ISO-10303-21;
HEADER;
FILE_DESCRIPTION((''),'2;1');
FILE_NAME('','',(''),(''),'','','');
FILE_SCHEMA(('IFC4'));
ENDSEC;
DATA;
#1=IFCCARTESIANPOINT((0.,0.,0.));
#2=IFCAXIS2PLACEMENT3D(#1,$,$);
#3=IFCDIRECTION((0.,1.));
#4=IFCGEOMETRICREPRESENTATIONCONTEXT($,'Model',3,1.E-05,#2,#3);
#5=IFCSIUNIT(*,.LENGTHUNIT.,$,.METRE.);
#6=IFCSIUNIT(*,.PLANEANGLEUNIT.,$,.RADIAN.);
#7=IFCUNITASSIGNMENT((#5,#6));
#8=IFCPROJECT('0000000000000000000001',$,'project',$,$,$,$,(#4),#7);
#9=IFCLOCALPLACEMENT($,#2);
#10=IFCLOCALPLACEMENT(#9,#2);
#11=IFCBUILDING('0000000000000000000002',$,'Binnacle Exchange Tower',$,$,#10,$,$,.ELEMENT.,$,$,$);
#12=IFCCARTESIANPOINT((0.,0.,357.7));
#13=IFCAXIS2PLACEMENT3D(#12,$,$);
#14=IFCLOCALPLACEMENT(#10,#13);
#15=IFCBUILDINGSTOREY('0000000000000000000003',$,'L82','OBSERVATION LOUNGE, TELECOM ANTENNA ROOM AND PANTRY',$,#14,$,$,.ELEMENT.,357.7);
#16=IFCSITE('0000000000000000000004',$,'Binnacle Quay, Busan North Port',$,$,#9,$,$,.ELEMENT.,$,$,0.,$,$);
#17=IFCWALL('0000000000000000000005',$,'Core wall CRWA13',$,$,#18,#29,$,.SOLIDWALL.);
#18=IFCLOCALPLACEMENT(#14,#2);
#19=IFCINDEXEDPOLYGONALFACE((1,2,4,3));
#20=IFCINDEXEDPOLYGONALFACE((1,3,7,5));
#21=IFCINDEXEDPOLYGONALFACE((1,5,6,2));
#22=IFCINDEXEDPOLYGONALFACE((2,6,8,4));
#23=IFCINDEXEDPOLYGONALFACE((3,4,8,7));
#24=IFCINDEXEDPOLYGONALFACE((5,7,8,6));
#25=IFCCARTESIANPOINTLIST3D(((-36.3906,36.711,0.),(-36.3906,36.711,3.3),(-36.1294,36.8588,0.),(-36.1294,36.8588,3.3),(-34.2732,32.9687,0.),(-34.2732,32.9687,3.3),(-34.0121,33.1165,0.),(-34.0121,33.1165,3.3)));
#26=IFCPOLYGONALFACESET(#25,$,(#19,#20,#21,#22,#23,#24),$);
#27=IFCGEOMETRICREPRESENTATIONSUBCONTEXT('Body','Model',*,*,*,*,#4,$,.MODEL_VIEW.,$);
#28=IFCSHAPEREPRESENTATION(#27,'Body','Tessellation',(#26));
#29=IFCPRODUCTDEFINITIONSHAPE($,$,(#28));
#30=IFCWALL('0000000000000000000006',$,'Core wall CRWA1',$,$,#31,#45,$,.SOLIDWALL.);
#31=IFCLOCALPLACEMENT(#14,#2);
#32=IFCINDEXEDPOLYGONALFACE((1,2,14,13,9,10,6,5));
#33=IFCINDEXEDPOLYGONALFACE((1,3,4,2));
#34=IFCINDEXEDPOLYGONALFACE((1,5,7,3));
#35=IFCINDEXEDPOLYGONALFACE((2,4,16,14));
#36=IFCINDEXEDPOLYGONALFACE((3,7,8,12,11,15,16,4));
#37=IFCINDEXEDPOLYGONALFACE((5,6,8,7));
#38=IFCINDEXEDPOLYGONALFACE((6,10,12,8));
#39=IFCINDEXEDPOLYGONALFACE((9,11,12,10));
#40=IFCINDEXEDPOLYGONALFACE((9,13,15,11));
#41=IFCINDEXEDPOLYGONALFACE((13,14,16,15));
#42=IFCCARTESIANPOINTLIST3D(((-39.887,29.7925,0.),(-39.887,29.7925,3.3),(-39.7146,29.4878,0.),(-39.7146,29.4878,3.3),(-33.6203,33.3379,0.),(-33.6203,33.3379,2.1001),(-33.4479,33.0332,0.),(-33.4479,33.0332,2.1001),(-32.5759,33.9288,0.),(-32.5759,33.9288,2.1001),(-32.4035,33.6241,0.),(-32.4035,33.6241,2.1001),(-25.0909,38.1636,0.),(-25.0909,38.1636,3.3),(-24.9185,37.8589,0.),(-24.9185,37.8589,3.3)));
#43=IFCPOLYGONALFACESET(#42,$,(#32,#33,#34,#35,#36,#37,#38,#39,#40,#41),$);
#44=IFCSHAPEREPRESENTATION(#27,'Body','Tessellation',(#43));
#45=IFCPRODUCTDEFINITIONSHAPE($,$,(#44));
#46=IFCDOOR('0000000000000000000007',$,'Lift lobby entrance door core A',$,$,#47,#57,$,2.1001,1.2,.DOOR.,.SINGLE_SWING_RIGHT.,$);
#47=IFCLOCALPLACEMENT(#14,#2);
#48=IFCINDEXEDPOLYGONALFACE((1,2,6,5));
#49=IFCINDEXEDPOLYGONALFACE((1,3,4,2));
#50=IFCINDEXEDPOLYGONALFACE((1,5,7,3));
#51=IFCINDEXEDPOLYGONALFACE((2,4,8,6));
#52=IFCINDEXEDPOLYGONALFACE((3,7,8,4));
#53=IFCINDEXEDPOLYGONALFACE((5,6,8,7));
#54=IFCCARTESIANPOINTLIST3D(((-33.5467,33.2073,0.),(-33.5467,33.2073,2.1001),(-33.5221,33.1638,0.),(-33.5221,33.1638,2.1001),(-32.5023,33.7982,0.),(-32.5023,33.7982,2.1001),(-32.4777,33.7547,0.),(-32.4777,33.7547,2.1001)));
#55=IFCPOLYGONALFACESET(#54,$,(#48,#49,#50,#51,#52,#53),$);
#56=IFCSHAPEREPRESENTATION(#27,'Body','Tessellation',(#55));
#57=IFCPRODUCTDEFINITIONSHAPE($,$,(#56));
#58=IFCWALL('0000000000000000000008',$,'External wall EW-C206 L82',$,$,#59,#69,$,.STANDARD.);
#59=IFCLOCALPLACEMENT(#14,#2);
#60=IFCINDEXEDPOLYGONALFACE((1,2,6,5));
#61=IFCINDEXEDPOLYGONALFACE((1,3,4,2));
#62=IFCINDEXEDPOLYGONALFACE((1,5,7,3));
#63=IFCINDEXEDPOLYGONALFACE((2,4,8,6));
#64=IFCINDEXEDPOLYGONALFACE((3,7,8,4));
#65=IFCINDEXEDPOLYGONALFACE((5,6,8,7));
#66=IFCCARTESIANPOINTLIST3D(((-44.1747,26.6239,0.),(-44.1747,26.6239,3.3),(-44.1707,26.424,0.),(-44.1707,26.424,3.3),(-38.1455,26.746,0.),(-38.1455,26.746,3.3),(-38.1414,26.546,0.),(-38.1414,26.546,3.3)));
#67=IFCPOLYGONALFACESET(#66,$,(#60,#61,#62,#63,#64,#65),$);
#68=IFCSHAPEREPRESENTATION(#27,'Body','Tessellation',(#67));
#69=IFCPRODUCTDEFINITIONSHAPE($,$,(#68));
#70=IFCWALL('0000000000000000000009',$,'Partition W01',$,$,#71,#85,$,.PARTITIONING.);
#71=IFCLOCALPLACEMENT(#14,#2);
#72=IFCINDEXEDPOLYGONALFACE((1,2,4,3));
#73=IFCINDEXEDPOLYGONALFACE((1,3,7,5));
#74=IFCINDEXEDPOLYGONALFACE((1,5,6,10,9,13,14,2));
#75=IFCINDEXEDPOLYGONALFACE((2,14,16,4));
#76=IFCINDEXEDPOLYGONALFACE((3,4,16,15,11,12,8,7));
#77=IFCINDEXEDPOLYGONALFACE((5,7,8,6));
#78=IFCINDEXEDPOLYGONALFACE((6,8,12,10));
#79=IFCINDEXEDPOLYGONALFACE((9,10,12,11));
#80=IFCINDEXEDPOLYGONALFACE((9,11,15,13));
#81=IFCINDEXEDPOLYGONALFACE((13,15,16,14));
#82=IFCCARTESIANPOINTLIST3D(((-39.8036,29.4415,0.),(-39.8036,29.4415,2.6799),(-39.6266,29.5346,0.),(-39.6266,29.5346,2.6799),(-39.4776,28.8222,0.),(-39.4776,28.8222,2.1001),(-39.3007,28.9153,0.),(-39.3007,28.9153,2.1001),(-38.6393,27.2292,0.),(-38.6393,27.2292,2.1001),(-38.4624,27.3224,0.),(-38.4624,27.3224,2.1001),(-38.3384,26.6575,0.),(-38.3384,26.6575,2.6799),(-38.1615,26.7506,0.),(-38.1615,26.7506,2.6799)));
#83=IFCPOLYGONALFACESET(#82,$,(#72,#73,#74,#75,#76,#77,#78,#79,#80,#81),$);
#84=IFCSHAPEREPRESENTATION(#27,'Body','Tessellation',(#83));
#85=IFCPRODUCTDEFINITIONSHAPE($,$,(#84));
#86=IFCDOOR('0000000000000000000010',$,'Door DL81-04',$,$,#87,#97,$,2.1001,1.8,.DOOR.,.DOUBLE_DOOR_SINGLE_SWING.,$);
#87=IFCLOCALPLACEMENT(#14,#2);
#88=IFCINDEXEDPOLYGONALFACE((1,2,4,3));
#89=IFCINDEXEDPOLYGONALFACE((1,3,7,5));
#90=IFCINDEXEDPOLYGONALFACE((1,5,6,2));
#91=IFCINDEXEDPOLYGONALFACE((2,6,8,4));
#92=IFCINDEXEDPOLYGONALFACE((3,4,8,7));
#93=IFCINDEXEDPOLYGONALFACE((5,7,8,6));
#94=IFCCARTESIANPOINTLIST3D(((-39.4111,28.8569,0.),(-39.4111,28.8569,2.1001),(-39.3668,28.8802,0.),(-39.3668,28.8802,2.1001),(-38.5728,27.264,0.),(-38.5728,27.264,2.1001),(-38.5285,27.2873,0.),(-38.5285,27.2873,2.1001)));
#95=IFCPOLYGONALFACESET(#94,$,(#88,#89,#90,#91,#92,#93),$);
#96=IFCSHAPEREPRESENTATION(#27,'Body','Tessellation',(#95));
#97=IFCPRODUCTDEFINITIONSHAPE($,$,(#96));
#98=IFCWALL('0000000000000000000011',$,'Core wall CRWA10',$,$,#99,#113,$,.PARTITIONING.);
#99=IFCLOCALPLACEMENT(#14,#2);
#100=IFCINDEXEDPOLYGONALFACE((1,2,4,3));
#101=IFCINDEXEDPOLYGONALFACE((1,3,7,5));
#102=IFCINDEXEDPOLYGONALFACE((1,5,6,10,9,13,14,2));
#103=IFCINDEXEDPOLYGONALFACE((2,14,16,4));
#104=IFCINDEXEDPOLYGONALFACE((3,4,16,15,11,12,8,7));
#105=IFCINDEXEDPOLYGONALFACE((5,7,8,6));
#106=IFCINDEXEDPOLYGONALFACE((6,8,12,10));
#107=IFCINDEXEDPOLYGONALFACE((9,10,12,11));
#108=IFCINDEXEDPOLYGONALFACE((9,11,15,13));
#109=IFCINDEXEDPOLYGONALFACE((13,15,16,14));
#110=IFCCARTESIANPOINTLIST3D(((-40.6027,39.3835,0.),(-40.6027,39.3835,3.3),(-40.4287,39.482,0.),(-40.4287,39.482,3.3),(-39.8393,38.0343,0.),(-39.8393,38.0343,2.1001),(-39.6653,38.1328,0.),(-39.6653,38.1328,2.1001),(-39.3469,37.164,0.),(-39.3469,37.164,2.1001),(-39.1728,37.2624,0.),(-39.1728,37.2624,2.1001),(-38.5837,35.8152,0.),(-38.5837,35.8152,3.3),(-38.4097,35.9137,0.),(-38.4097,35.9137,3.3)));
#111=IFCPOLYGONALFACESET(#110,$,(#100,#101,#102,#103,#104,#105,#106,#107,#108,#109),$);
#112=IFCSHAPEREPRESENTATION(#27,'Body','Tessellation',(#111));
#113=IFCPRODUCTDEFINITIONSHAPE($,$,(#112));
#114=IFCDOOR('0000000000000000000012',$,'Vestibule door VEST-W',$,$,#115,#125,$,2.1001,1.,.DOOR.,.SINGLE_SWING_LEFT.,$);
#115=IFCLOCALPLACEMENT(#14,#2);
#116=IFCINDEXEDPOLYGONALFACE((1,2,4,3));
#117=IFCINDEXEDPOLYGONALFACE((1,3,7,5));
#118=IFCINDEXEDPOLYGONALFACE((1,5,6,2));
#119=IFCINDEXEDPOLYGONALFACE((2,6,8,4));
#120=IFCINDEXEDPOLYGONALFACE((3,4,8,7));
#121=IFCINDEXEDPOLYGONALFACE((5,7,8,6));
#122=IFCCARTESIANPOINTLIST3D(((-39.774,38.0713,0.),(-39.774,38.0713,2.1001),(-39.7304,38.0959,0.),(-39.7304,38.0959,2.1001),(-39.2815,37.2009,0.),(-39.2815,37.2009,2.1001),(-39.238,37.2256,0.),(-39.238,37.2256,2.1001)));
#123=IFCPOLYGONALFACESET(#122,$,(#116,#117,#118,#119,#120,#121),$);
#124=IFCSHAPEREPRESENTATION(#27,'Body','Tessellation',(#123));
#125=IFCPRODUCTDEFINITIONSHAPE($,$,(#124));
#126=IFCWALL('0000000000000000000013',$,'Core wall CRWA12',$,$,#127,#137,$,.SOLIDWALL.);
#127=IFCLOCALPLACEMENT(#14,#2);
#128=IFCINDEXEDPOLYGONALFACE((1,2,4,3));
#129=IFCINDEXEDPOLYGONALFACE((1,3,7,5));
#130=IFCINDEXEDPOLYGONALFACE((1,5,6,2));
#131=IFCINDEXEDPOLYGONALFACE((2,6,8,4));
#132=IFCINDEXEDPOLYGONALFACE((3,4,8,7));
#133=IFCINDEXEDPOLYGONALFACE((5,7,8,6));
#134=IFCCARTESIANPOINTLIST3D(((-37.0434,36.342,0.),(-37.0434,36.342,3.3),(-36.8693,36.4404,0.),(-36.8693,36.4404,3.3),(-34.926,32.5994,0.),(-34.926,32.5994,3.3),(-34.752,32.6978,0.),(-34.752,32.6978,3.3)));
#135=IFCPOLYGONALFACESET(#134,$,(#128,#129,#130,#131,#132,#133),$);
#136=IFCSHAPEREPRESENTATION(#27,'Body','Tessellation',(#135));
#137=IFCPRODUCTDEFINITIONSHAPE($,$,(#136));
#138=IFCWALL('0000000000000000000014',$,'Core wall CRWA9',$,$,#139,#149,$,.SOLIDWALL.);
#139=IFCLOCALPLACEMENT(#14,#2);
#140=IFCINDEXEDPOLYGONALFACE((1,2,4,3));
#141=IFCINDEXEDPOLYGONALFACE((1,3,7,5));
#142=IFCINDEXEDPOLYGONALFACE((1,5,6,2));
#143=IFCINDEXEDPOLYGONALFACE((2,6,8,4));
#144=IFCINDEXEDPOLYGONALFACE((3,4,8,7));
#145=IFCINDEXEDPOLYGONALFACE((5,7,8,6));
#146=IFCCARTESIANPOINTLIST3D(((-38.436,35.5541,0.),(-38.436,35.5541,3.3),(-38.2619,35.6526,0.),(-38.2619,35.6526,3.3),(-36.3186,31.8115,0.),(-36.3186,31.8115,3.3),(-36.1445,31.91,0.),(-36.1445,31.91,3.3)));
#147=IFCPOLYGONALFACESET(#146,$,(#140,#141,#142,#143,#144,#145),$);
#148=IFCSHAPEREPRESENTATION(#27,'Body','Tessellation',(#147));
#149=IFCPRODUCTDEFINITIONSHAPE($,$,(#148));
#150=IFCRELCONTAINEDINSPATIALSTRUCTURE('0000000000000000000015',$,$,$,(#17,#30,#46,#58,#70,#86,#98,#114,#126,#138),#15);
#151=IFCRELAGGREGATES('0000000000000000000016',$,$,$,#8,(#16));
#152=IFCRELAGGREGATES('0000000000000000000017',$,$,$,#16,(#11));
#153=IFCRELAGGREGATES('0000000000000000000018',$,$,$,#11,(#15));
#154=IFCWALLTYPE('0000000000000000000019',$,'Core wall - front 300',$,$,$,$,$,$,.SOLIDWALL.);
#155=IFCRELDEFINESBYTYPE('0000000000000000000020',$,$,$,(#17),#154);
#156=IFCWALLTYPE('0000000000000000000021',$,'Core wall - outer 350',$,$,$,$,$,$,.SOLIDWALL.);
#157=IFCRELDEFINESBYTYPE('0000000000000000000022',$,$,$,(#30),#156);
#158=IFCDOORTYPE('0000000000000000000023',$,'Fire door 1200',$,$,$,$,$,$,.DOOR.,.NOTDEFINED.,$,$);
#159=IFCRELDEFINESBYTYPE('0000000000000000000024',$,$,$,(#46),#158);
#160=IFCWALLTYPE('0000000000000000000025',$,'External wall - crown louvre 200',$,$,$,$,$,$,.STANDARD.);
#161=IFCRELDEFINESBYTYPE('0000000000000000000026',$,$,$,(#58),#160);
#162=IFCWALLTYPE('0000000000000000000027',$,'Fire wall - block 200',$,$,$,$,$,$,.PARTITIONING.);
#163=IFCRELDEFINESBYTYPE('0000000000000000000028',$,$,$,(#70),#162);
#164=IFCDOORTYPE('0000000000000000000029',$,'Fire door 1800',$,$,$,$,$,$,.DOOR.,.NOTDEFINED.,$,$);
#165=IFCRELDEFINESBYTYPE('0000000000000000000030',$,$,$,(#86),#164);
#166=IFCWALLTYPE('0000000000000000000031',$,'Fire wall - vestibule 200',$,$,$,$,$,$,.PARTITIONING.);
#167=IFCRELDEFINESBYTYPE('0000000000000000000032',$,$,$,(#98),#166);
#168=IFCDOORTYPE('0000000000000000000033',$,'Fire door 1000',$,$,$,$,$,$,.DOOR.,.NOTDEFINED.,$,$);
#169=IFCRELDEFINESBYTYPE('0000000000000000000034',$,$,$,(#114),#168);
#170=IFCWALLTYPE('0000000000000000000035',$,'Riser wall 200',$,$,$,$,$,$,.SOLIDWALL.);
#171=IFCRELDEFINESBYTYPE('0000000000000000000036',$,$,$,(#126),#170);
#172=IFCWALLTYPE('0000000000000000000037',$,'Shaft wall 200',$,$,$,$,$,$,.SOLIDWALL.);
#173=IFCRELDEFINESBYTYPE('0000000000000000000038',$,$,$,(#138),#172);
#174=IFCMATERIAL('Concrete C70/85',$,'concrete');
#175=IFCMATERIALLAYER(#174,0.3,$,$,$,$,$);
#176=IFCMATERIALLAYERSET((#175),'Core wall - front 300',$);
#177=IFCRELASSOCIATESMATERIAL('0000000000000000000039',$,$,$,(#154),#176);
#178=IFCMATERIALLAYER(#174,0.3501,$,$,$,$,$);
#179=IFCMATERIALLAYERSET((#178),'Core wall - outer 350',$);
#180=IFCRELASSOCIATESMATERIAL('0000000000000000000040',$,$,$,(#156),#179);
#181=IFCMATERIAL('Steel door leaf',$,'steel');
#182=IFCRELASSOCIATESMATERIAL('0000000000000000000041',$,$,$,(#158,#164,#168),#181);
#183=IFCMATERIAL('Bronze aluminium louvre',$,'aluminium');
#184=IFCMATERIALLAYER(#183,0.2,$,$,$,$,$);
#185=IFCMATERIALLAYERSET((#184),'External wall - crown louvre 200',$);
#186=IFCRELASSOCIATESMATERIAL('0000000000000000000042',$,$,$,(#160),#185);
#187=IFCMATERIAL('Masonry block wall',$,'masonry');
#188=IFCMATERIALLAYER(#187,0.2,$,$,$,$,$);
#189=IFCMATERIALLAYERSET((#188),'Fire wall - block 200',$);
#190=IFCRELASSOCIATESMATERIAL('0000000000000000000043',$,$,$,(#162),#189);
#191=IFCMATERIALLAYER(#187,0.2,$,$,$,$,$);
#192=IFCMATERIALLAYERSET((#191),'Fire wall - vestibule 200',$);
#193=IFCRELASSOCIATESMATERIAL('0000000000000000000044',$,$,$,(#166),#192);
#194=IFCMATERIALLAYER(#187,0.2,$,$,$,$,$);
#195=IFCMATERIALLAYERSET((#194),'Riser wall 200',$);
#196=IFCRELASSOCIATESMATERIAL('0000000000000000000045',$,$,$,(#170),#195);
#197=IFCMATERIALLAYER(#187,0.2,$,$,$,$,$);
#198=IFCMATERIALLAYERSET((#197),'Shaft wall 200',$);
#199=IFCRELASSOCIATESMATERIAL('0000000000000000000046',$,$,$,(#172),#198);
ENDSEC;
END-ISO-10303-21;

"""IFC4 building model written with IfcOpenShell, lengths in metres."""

from ifc_helpers import new_model, si_unit, direction, frame, frame_2d, origin, place, context, subcontext, project, spatial, rectangle, extrude, material, layer, layer_set, type_object, element, fill, save


model = new_model("IFC4")

# Units and contexts
model_context = context("Model", 3, precision=1e-05, world=origin(), true_north=direction((0.0, 1.0)))
body_context = subcontext(model_context, "Body", "Model", "MODEL_VIEW")
ifc_project = project(units=[si_unit("LENGTHUNIT", "METRE"), si_unit("PLANEANGLEUNIT", "RADIAN")], contexts=[model_context])

# Site, building, storey
site_placement = place(None, origin())
site = spatial("IfcSite", under=ifc_project, at=site_placement, Name="Binnacle Quay, Busan North Port", CompositionType="ELEMENT", RefElevation=0.0)
building_placement = place(site_placement, origin())
building = spatial("IfcBuilding", under=site, at=building_placement, Name="Binnacle Exchange Tower", CompositionType="ELEMENT")
storey_placement = place(building_placement, frame((0.0, 0.0, 357.7)))
storey = spatial("IfcBuildingStorey", under=building, at=storey_placement, Name="L82", Description="OBSERVATION LOUNGE, TELECOM ANTENNA ROOM AND PANTRY", CompositionType="ELEMENT", Elevation=357.7)

# Shared definitions
ifc_material_1 = material(Name="Concrete C70/85", Category="concrete")
ifc_layer_1 = layer(ifc_material_1, 0.3)
ifc_layer_set_1 = layer_set([ifc_layer_1], Name="Core wall - front 300")
wall_type_1 = type_object("IfcWallType", Name="Core wall - front 300", PredefinedType="SOLIDWALL", material=ifc_layer_set_1)
ifc_material_2 = material(Name="Steel door leaf", Category="steel")

# Wall
wall_1_placement = place(storey_placement, frame((-36.26, 36.7849, 0.0), z_axis=(0.0, 0.0, 1.0), x_axis=(0.492435, -0.870349, 0.0)))
element("IfcWall", 1, at=wall_1_placement, inside=storey, type_object=wall_type_1, Name="Core wall CRWA13", PredefinedType="SOLIDWALL", context=body_context, shape_type="SweptSolid", body=[
    extrude(rectangle(XDim=4.2998, YDim=0.3, at=frame_2d((2.1499, 0.0))), origin(), (0.0, 0.0, 1.0), 3.3),
])

# Wall, opening, door
ifc_layer_2 = layer(ifc_material_1, 0.3501)
ifc_layer_set_2 = layer_set([ifc_layer_2], Name="Core wall - outer 350")
wall_type_2 = type_object("IfcWallType", Name="Core wall - outer 350", PredefinedType="SOLIDWALL", material=ifc_layer_set_2)
wall_2_placement = place(storey_placement, frame((-39.8008, 29.6401, 0.0), z_axis=(0.0, 0.0, 1.0), x_axis=(0.87036, 0.492416, 0.0)))
wall_2 = element("IfcWall", 2, at=wall_2_placement, inside=storey, type_object=wall_type_2, Name="Core wall CRWA1", PredefinedType="SOLIDWALL", context=body_context, shape_type="SweptSolid", body=[
    extrude(rectangle(XDim=17.0, YDim=0.3501, at=frame_2d((8.5, 0.0))), origin(), (0.0, 0.0, 1.0), 3.3),
])
opening_1_placement = place(wall_2_placement, frame((7.2, 0.0, 0.0)))
opening_1 = element("IfcOpeningElement", 3, at=opening_1_placement, cuts=wall_2, PredefinedType="OPENING", context=body_context, shape_type="SweptSolid", body=[
    extrude(rectangle(XDim=1.2, YDim=2.1001, at=frame_2d((0.6001, 1.05))), frame((0.0, 0.1851, 0.0), z_axis=(0.0, -1.0, 0.0), x_axis=(1.0, 0.0, 0.0)), (0.0, 0.0, 1.0), 0.3701),
])
door_type_1 = type_object("IfcDoorType", Name="Fire door 1200", OperationType="NOTDEFINED", PredefinedType="DOOR", material=ifc_material_2)
door_1_placement = place(opening_1_placement, frame((1.2, 0.0, 0.0), z_axis=(0.0, 0.0, 1.0), x_axis=(-1.0, 0.0, 0.0)))
door_1 = element("IfcDoor", 4, at=door_1_placement, inside=storey, type_object=door_type_1, Name="Lift lobby entrance door core A", OperationType="SINGLE_SWING_RIGHT", OverallHeight=2.1001, OverallWidth=1.2, PredefinedType="DOOR", context=body_context, shape_type="SweptSolid", body=[
    extrude(rectangle(XDim=1.2, YDim=2.1001, at=frame_2d((0.6001, 1.05))), frame((0.0, 0.0249, 0.0), z_axis=(0.0, -1.0, 0.0), x_axis=(1.0, 0.0, 0.0)), (0.0, 0.0, 1.0), 0.05),
])
fill(opening_1, door_1)

# Wall
ifc_material_3 = material(Name="Bronze aluminium louvre", Category="aluminium")
ifc_layer_3 = layer(ifc_material_3, 0.2)
ifc_layer_set_3 = layer_set([ifc_layer_3], Name="External wall - crown louvre 200")
wall_type_3 = type_object("IfcWallType", Name="External wall - crown louvre 200", PredefinedType="STANDARD", material=ifc_layer_set_3)
wall_3_placement = place(storey_placement, frame((-38.1436, 26.646, 0.0), z_axis=(0.0, 0.0, 1.0), x_axis=(-0.999795, -0.020242, 0.0)))
element("IfcWall", 5, at=wall_3_placement, inside=storey, type_object=wall_type_3, Name="External wall EW-C206 L82", PredefinedType="STANDARD", context=body_context, shape_type="SweptSolid", body=[
    extrude(rectangle(XDim=6.0305, YDim=0.2, at=frame_2d((3.0151, 0.0))), origin(), (0.0, 0.0, 1.0), 3.3),
])

# Walls, openings, doors
ifc_material_4 = material(Name="Masonry block wall", Category="masonry")
ifc_layer_4 = layer(ifc_material_4, 0.2)
ifc_layer_set_4 = layer_set([ifc_layer_4], Name="Fire wall - block 200")
wall_type_4 = type_object("IfcWallType", Name="Fire wall - block 200", PredefinedType="PARTITIONING", material=ifc_layer_set_4)
wall_4_placement = place(storey_placement, frame((-39.7151, 29.488, 0.0), z_axis=(0.0, 0.0, 1.0), x_axis=(0.465711, -0.884937, 0.0)))
wall_4 = element("IfcWall", 6, at=wall_4_placement, inside=storey, type_object=wall_type_4, Name="Partition W01", PredefinedType="PARTITIONING", context=body_context, shape_type="SweptSolid", body=[
    extrude(rectangle(XDim=3.146, YDim=0.2, at=frame_2d((1.573, 0.0))), origin(), (0.0, 0.0, 1.0), 2.6799),
])
opening_2_placement = place(wall_4_placement, frame((0.7, 0.0, 0.0)))
opening_2 = element("IfcOpeningElement", 7, at=opening_2_placement, cuts=wall_4, PredefinedType="OPENING", context=body_context, shape_type="SweptSolid", body=[
    extrude(rectangle(XDim=1.8, YDim=2.1001, at=frame_2d((0.8999, 1.05))), frame((0.0, 0.1099, 0.0), z_axis=(0.0, -1.0, 0.0), x_axis=(1.0, 0.0, 0.0)), (0.0, 0.0, 1.0), 0.22),
])
door_type_2 = type_object("IfcDoorType", Name="Fire door 1800", OperationType="NOTDEFINED", PredefinedType="DOOR", material=ifc_material_2)
door_2_placement = place(opening_2_placement, frame((1.8, 0.0, 0.0), z_axis=(0.0, 0.0, 1.0), x_axis=(-1.0, 0.0, 0.0)))
door_2 = element("IfcDoor", 8, at=door_2_placement, inside=storey, type_object=door_type_2, Name="Door DL81-04", OperationType="DOUBLE_DOOR_SINGLE_SWING", OverallHeight=2.1001, OverallWidth=1.8, PredefinedType="DOOR", context=body_context, shape_type="SweptSolid", body=[
    extrude(rectangle(XDim=1.8, YDim=2.1001, at=frame_2d((0.8999, 1.05))), frame((0.0, 0.0249, 0.0), z_axis=(0.0, -1.0, 0.0), x_axis=(1.0, 0.0, 0.0)), (0.0, 0.0, 1.0), 0.05),
])
fill(opening_2, door_2)
ifc_layer_5 = layer(ifc_material_4, 0.2)
ifc_layer_set_5 = layer_set([ifc_layer_5], Name="Fire wall - vestibule 200")
wall_type_5 = type_object("IfcWallType", Name="Fire wall - vestibule 200", PredefinedType="PARTITIONING", material=ifc_layer_set_5)
wall_5_placement = place(storey_placement, frame((-40.5156, 39.4326, 0.0), z_axis=(0.0, 0.0, 1.0), x_axis=(0.492454, -0.870339, 0.0)))
wall_5 = element("IfcWall", 9, at=wall_5_placement, inside=storey, type_object=wall_type_5, Name="Core wall CRWA10", PredefinedType="PARTITIONING", context=body_context, shape_type="SweptSolid", body=[
    extrude(rectangle(XDim=4.0999, YDim=0.2, at=frame_2d((2.0498, 0.0))), origin(), (0.0, 0.0, 1.0), 3.3),
])
opening_3_placement = place(wall_5_placement, frame((1.55, 0.0, 0.0)))
opening_3 = element("IfcOpeningElement", 10, at=opening_3_placement, cuts=wall_5, PredefinedType="OPENING", context=body_context, shape_type="SweptSolid", body=[
    extrude(rectangle(XDim=1.0, YDim=2.1001, at=frame_2d((0.5, 1.05))), frame((0.0, 0.1099, 0.0), z_axis=(0.0, -1.0, 0.0), x_axis=(1.0, 0.0, 0.0)), (0.0, 0.0, 1.0), 0.22),
])
door_type_3 = type_object("IfcDoorType", Name="Fire door 1000", OperationType="NOTDEFINED", PredefinedType="DOOR", material=ifc_material_2)
door_3_placement = place(opening_3_placement, frame((1.0, 0.0, 0.0), z_axis=(0.0, 0.0, 1.0), x_axis=(-1.0, 0.0, 0.0)))
door_3 = element("IfcDoor", 11, at=door_3_placement, inside=storey, type_object=door_type_3, Name="Vestibule door VEST-W", OperationType="SINGLE_SWING_LEFT", OverallHeight=2.1001, OverallWidth=1.0, PredefinedType="DOOR", context=body_context, shape_type="SweptSolid", body=[
    extrude(rectangle(XDim=1.0, YDim=2.1001, at=frame_2d((0.5, 1.05))), frame((0.0, 0.0249, 0.0), z_axis=(0.0, -1.0, 0.0), x_axis=(1.0, 0.0, 0.0)), (0.0, 0.0, 1.0), 0.05),
])
fill(opening_3, door_3)

# Walls
ifc_layer_6 = layer(ifc_material_4, 0.2)
ifc_layer_set_6 = layer_set([ifc_layer_6], Name="Riser wall 200")
wall_type_6 = type_object("IfcWallType", Name="Riser wall 200", PredefinedType="SOLIDWALL", material=ifc_layer_set_6)
wall_6_placement = place(storey_placement, frame((-36.9563, 36.3911, 0.0), z_axis=(0.0, 0.0, 1.0), x_axis=(0.492411, -0.870363, 0.0)))
element("IfcWall", 12, at=wall_6_placement, inside=storey, type_object=wall_type_6, Name="Core wall CRWA12", PredefinedType="SOLIDWALL", context=body_context, shape_type="SweptSolid", body=[
    extrude(rectangle(XDim=4.3, YDim=0.2, at=frame_2d((2.1499, 0.0))), origin(), (0.0, 0.0, 1.0), 3.3),
])
ifc_layer_7 = layer(ifc_material_4, 0.2)
ifc_layer_set_7 = layer_set([ifc_layer_7], Name="Shaft wall 200")
wall_type_7 = type_object("IfcWallType", Name="Shaft wall 200", PredefinedType="SOLIDWALL", material=ifc_layer_set_7)
wall_7_placement = place(storey_placement, frame((-38.3489, 35.6033, 0.0), z_axis=(0.0, 0.0, 1.0), x_axis=(0.492411, -0.870363, 0.0)))
element("IfcWall", 13, at=wall_7_placement, inside=storey, type_object=wall_type_7, Name="Core wall CRWA9", PredefinedType="SOLIDWALL", context=body_context, shape_type="SweptSolid", body=[
    extrude(rectangle(XDim=4.3, YDim=0.2, at=frame_2d((2.1499, 0.0))), origin(), (0.0, 0.0, 1.0), 3.3),
])

save(model, "model.ifc")
